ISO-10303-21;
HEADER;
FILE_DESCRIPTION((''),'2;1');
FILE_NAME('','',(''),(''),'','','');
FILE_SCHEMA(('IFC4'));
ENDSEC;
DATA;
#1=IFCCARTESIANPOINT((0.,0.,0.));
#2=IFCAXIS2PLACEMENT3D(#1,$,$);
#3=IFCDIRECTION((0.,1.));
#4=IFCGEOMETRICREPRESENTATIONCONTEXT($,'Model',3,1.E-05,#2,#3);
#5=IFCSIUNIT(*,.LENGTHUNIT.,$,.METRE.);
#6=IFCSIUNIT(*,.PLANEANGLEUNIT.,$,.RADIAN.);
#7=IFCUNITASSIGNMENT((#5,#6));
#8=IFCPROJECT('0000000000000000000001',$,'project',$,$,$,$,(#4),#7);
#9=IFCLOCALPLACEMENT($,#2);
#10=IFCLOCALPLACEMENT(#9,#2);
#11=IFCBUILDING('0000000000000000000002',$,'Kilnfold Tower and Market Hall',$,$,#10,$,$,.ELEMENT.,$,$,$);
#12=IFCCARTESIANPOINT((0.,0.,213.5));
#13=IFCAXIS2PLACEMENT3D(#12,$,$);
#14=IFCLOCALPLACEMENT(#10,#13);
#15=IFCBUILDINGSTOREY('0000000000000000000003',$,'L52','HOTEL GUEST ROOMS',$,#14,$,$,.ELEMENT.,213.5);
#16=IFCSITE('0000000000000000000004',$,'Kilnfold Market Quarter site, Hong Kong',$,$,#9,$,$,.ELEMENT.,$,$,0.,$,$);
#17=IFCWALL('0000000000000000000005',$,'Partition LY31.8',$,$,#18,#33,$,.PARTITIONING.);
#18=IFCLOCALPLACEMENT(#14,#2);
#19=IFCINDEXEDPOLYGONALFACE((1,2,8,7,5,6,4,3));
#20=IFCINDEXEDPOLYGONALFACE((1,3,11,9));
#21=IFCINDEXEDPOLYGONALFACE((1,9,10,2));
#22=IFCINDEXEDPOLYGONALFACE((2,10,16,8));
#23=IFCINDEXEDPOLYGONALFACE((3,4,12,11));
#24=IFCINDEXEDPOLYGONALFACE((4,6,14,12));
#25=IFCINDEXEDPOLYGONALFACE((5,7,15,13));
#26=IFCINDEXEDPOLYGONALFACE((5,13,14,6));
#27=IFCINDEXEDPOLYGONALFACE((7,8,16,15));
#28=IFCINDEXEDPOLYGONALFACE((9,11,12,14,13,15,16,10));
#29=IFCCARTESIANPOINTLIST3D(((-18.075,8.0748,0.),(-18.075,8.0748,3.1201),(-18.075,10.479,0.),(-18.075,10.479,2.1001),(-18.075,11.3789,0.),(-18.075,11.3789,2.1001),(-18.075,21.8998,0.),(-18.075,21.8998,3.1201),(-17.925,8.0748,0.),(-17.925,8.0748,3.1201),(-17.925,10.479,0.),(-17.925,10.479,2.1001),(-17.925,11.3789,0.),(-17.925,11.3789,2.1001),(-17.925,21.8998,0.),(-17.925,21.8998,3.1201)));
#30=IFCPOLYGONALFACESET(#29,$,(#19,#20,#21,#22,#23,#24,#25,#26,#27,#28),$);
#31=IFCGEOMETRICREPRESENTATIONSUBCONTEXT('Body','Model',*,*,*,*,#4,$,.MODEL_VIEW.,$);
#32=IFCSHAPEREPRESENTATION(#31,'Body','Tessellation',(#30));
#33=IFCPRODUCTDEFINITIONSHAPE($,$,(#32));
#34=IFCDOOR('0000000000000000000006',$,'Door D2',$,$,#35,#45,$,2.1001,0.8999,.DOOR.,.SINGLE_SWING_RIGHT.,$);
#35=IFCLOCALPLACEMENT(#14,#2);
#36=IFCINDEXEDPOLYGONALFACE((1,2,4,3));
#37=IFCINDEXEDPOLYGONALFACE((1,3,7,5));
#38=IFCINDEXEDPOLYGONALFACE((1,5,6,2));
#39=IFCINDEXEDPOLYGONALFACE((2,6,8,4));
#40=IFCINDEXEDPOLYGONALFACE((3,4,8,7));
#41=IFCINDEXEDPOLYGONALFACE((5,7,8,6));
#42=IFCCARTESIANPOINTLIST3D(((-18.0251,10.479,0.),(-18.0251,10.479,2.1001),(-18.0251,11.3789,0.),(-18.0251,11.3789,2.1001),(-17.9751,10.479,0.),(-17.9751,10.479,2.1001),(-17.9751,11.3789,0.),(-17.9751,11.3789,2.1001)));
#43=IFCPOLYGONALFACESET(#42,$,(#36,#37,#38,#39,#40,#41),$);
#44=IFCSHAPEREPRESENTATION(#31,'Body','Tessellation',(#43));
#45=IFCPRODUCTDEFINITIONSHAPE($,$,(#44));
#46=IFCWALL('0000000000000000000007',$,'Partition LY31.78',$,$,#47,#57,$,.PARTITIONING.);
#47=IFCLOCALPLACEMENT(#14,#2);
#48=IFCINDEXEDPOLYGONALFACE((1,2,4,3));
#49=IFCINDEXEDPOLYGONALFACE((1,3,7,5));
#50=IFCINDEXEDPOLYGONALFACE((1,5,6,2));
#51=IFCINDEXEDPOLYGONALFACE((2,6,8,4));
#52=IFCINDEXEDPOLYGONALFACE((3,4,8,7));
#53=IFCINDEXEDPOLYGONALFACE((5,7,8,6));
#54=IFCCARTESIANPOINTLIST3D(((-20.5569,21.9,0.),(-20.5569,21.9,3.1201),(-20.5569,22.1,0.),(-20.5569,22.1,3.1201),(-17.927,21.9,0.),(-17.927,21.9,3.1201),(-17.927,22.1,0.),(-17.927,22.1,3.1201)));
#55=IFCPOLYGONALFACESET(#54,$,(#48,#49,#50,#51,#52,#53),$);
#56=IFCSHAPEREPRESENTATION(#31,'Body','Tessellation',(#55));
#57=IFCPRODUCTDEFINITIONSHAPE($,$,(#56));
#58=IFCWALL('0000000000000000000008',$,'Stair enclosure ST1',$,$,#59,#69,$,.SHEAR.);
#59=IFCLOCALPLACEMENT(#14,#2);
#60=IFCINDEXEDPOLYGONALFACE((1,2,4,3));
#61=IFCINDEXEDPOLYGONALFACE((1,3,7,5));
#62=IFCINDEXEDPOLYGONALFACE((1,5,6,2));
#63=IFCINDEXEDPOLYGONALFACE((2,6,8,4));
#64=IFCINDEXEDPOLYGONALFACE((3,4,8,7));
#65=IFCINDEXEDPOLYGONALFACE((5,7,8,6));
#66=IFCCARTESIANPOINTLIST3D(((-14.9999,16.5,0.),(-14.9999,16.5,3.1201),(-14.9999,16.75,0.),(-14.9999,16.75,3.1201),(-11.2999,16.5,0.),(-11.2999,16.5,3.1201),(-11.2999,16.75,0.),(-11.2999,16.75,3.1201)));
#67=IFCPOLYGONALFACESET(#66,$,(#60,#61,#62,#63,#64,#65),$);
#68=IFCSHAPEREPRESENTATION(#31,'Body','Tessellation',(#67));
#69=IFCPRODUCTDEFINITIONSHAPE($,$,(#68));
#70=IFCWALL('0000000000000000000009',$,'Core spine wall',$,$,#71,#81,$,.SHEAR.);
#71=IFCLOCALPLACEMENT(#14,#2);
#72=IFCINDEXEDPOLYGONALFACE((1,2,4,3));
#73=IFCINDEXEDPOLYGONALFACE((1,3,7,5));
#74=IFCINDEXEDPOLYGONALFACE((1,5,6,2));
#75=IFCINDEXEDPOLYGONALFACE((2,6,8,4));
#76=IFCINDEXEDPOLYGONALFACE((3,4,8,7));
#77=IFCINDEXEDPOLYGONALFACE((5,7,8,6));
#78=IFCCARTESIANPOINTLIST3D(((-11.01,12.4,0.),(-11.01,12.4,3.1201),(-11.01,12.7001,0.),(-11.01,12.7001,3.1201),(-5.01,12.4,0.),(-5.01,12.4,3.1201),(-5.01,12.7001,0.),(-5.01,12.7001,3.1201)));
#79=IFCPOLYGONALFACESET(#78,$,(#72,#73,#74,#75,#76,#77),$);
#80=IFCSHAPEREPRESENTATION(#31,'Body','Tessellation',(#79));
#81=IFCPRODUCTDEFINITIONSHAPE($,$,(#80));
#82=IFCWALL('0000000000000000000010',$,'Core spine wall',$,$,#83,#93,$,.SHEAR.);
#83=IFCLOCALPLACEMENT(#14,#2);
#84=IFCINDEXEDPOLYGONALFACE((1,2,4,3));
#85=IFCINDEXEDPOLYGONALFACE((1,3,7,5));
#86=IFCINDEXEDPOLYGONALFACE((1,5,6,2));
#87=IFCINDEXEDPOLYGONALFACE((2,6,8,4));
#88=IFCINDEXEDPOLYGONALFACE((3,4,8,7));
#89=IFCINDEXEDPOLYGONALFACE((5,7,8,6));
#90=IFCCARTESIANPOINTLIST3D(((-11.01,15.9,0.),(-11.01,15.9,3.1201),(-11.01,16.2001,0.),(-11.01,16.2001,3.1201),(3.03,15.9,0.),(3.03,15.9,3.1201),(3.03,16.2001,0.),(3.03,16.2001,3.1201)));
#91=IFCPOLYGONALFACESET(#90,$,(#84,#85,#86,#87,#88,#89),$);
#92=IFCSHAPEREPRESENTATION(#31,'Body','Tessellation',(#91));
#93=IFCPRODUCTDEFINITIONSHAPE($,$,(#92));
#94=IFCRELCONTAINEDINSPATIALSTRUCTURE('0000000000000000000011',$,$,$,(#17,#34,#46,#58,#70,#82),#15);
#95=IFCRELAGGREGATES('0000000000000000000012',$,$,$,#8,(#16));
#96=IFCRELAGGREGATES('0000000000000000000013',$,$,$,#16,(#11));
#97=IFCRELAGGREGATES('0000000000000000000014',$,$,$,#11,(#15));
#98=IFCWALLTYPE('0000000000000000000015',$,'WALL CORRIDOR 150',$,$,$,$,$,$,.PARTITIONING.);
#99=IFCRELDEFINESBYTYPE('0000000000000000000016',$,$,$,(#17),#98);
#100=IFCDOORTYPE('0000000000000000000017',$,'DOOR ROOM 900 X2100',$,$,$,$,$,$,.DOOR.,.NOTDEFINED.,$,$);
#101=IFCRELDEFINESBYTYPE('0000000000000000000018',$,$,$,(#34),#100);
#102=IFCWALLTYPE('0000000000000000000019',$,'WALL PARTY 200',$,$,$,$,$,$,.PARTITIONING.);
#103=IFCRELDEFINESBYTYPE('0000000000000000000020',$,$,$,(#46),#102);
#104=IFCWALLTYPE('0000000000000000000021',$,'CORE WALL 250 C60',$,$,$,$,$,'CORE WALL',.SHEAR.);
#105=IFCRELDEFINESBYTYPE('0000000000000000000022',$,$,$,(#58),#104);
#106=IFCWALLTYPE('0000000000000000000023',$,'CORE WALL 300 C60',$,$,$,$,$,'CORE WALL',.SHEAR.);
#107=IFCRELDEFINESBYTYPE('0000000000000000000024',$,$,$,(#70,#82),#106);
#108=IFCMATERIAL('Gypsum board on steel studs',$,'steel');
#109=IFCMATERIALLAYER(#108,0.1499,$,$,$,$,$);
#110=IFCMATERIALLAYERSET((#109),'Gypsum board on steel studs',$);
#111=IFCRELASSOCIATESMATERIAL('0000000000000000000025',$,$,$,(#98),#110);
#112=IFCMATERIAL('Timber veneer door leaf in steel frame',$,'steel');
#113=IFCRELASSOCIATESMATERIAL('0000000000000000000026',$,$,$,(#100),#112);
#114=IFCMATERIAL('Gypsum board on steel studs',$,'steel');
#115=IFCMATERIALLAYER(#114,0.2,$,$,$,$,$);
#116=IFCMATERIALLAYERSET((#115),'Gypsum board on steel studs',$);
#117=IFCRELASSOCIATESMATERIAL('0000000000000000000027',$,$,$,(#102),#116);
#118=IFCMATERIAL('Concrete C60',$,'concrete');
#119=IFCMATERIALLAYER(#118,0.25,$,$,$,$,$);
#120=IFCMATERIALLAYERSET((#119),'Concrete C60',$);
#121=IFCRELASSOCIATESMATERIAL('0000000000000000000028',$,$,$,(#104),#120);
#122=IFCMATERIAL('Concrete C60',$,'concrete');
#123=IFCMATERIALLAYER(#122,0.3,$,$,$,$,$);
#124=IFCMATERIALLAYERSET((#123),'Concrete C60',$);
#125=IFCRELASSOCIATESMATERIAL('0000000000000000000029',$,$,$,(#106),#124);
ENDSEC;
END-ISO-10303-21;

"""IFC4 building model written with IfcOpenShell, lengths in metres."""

from ifc_helpers import new_model, si_unit, direction, frame, frame_2d, origin, place, context, subcontext, project, spatial, rectangle, extrude, source, transform, mapped, material, layer, layer_set, type_object, element, fill, save


model = new_model("IFC4")

# Units and contexts
model_context = context("Model", 3, precision=1e-05, world=origin(), true_north=direction((0.0, 1.0)))
body_context = subcontext(model_context, "Body", "Model", "MODEL_VIEW")
ifc_project = project(units=[si_unit("LENGTHUNIT", "METRE"), si_unit("PLANEANGLEUNIT", "RADIAN")], contexts=[model_context])

# Site, building, storey
site_placement = place(None, origin())
site = spatial("IfcSite", under=ifc_project, at=site_placement, Name="Kilnfold Market Quarter site, Hong Kong", CompositionType="ELEMENT", RefElevation=0.0)
building_placement = place(site_placement, origin())
building = spatial("IfcBuilding", under=site, at=building_placement, Name="Kilnfold Tower and Market Hall", CompositionType="ELEMENT")
storey_placement = place(building_placement, frame((0.0, 0.0, 213.5)))
storey = spatial("IfcBuildingStorey", under=building, at=storey_placement, Name="L52", Description="HOTEL GUEST ROOMS", CompositionType="ELEMENT", Elevation=213.5)

# Wall, opening, door
ifc_material_1 = material(Name="Gypsum board on steel studs", Category="steel")
ifc_layer_1 = layer(ifc_material_1, 0.1499)
ifc_layer_set_1 = layer_set([ifc_layer_1], Name="Gypsum board on steel studs")
wall_type_1 = type_object("IfcWallType", Name="WALL CORRIDOR 150", PredefinedType="PARTITIONING", material=ifc_layer_set_1)
wall_1_placement = place(storey_placement, frame((-18.0, 21.8999, 0.0), z_axis=(0.0, 0.0, 1.0), x_axis=(0.0, -1.0, 0.0)))
wall_1 = element("IfcWall", 1, at=wall_1_placement, inside=storey, type_object=wall_type_1, Name="Partition LY31.8", PredefinedType="PARTITIONING", context=body_context, shape_type="SweptSolid", body=[
    extrude(rectangle(XDim=13.825, YDim=0.1499, at=frame_2d((6.9126, 0.0))), origin(), (0.0, 0.0, 1.0), 3.1201),
])
opening_1_placement = place(wall_1_placement, frame((10.521, 0.0, 0.0)))
opening_1 = element("IfcOpeningElement", 2, at=opening_1_placement, cuts=wall_1, PredefinedType="OPENING", context=body_context, shape_type="SweptSolid", body=[
    extrude(rectangle(XDim=0.8999, YDim=2.1001, at=frame_2d((0.45, 1.05))), frame((0.0, 0.085, 0.0), z_axis=(0.0, -1.0, 0.0), x_axis=(1.0, 0.0, 0.0)), (0.0, 0.0, 1.0), 0.1699),
])
ifc_material_2 = material(Name="Timber veneer door leaf in steel frame", Category="steel")
door_type_1 = type_object("IfcDoorType", Name="DOOR ROOM 900 X2100", OperationType="NOTDEFINED", PredefinedType="DOOR", material=ifc_material_2)
door_1_placement = place(opening_1_placement, origin())
door_1 = element("IfcDoor", 3, at=door_1_placement, inside=storey, type_object=door_type_1, Name="Door D2", OperationType="SINGLE_SWING_RIGHT", OverallHeight=2.1001, OverallWidth=0.8999, PredefinedType="DOOR", context=body_context, shape_type="SweptSolid", body=[
    extrude(rectangle(XDim=0.8999, YDim=2.1001, at=frame_2d((0.45, 1.05))), frame((0.0, 0.0249, 0.0), z_axis=(0.0, -1.0, 0.0), x_axis=(1.0, 0.0, 0.0)), (0.0, 0.0, 1.0), 0.05),
])
fill(opening_1, door_1)

# Walls
ifc_material_3 = material(Name="Gypsum board on steel studs", Category="steel")
ifc_layer_2 = layer(ifc_material_3, 0.2)
ifc_layer_set_2 = layer_set([ifc_layer_2], Name="Gypsum board on steel studs")
wall_type_2 = type_object("IfcWallType", Name="WALL PARTY 200", PredefinedType="PARTITIONING", material=ifc_layer_set_2)
wall_2_placement = place(storey_placement, frame((-17.927, 22.0, 0.0), z_axis=(0.0, 0.0, 1.0), x_axis=(-1.0, 0.0, 0.0)))
element("IfcWall", 4, at=wall_2_placement, inside=storey, type_object=wall_type_2, Name="Partition LY31.78", PredefinedType="PARTITIONING", context=body_context, shape_type="SweptSolid", body=[
    extrude(rectangle(XDim=2.6299, YDim=0.2, at=frame_2d((1.3149, 0.0))), origin(), (0.0, 0.0, 1.0), 3.1201),
])
ifc_material_4 = material(Name="Concrete C60", Category="concrete")
ifc_layer_3 = layer(ifc_material_4, 0.25)
ifc_layer_set_3 = layer_set([ifc_layer_3], Name="Concrete C60")
wall_type_3 = type_object("IfcWallType", Name="CORE WALL 250 C60", ElementType="CORE WALL", PredefinedType="SHEAR", material=ifc_layer_set_3)
shared_shape_1 = source(origin(), body_context, "Body", "SweptSolid", [
    extrude(rectangle(XDim=3.7, YDim=0.25, at=frame_2d((1.8501, 0.0))), origin(), (0.0, 0.0, 1.0), 3.1201),
])
wall_3_placement = place(storey_placement, frame((-15.0, 16.625, 0.0), z_axis=(0.0, 0.0, 1.0), x_axis=(1.0, 0.0, 0.0)))
element("IfcWall", 5, at=wall_3_placement, inside=storey, type_object=wall_type_3, Name="Stair enclosure ST1", PredefinedType="SHEAR", context=body_context, shape_type="MappedRepresentation", body=[
    mapped(shared_shape_1, transform((0.0, 0.0, 0.0))),
])
ifc_material_5 = material(Name="Concrete C60", Category="concrete")
ifc_layer_4 = layer(ifc_material_5, 0.3)
ifc_layer_set_4 = layer_set([ifc_layer_4], Name="Concrete C60")
wall_type_4 = type_object("IfcWallType", Name="CORE WALL 300 C60", ElementType="CORE WALL", PredefinedType="SHEAR", material=ifc_layer_set_4)
shared_shape_2 = source(origin(), body_context, "Body", "SweptSolid", [
    extrude(rectangle(XDim=6.0, YDim=0.3, at=frame_2d((3.0, 0.0))), origin(), (0.0, 0.0, 1.0), 3.1201),
])
wall_4_placement = place(storey_placement, frame((-11.01, 12.55, 0.0), z_axis=(0.0, 0.0, 1.0), x_axis=(1.0, 0.0, 0.0)))
element("IfcWall", 6, at=wall_4_placement, inside=storey, type_object=wall_type_4, Name="Core spine wall", PredefinedType="SHEAR", context=body_context, shape_type="MappedRepresentation", body=[
    mapped(shared_shape_2, transform((0.0, 0.0, 0.0))),
])
shared_shape_3 = source(origin(), body_context, "Body", "SweptSolid", [
    extrude(rectangle(XDim=14.04, YDim=0.3, at=frame_2d((7.02, 0.0))), origin(), (0.0, 0.0, 1.0), 3.1201),
])
wall_5_placement = place(storey_placement, frame((-11.01, 16.05, 0.0), z_axis=(0.0, 0.0, 1.0), x_axis=(1.0, 0.0, 0.0)))
element("IfcWall", 7, at=wall_5_placement, inside=storey, type_object=wall_type_4, Name="Core spine wall", PredefinedType="SHEAR", context=body_context, shape_type="MappedRepresentation", body=[
    mapped(shared_shape_3, transform((0.0, 0.0, 0.0))),
])

save(model, "model.ifc")
